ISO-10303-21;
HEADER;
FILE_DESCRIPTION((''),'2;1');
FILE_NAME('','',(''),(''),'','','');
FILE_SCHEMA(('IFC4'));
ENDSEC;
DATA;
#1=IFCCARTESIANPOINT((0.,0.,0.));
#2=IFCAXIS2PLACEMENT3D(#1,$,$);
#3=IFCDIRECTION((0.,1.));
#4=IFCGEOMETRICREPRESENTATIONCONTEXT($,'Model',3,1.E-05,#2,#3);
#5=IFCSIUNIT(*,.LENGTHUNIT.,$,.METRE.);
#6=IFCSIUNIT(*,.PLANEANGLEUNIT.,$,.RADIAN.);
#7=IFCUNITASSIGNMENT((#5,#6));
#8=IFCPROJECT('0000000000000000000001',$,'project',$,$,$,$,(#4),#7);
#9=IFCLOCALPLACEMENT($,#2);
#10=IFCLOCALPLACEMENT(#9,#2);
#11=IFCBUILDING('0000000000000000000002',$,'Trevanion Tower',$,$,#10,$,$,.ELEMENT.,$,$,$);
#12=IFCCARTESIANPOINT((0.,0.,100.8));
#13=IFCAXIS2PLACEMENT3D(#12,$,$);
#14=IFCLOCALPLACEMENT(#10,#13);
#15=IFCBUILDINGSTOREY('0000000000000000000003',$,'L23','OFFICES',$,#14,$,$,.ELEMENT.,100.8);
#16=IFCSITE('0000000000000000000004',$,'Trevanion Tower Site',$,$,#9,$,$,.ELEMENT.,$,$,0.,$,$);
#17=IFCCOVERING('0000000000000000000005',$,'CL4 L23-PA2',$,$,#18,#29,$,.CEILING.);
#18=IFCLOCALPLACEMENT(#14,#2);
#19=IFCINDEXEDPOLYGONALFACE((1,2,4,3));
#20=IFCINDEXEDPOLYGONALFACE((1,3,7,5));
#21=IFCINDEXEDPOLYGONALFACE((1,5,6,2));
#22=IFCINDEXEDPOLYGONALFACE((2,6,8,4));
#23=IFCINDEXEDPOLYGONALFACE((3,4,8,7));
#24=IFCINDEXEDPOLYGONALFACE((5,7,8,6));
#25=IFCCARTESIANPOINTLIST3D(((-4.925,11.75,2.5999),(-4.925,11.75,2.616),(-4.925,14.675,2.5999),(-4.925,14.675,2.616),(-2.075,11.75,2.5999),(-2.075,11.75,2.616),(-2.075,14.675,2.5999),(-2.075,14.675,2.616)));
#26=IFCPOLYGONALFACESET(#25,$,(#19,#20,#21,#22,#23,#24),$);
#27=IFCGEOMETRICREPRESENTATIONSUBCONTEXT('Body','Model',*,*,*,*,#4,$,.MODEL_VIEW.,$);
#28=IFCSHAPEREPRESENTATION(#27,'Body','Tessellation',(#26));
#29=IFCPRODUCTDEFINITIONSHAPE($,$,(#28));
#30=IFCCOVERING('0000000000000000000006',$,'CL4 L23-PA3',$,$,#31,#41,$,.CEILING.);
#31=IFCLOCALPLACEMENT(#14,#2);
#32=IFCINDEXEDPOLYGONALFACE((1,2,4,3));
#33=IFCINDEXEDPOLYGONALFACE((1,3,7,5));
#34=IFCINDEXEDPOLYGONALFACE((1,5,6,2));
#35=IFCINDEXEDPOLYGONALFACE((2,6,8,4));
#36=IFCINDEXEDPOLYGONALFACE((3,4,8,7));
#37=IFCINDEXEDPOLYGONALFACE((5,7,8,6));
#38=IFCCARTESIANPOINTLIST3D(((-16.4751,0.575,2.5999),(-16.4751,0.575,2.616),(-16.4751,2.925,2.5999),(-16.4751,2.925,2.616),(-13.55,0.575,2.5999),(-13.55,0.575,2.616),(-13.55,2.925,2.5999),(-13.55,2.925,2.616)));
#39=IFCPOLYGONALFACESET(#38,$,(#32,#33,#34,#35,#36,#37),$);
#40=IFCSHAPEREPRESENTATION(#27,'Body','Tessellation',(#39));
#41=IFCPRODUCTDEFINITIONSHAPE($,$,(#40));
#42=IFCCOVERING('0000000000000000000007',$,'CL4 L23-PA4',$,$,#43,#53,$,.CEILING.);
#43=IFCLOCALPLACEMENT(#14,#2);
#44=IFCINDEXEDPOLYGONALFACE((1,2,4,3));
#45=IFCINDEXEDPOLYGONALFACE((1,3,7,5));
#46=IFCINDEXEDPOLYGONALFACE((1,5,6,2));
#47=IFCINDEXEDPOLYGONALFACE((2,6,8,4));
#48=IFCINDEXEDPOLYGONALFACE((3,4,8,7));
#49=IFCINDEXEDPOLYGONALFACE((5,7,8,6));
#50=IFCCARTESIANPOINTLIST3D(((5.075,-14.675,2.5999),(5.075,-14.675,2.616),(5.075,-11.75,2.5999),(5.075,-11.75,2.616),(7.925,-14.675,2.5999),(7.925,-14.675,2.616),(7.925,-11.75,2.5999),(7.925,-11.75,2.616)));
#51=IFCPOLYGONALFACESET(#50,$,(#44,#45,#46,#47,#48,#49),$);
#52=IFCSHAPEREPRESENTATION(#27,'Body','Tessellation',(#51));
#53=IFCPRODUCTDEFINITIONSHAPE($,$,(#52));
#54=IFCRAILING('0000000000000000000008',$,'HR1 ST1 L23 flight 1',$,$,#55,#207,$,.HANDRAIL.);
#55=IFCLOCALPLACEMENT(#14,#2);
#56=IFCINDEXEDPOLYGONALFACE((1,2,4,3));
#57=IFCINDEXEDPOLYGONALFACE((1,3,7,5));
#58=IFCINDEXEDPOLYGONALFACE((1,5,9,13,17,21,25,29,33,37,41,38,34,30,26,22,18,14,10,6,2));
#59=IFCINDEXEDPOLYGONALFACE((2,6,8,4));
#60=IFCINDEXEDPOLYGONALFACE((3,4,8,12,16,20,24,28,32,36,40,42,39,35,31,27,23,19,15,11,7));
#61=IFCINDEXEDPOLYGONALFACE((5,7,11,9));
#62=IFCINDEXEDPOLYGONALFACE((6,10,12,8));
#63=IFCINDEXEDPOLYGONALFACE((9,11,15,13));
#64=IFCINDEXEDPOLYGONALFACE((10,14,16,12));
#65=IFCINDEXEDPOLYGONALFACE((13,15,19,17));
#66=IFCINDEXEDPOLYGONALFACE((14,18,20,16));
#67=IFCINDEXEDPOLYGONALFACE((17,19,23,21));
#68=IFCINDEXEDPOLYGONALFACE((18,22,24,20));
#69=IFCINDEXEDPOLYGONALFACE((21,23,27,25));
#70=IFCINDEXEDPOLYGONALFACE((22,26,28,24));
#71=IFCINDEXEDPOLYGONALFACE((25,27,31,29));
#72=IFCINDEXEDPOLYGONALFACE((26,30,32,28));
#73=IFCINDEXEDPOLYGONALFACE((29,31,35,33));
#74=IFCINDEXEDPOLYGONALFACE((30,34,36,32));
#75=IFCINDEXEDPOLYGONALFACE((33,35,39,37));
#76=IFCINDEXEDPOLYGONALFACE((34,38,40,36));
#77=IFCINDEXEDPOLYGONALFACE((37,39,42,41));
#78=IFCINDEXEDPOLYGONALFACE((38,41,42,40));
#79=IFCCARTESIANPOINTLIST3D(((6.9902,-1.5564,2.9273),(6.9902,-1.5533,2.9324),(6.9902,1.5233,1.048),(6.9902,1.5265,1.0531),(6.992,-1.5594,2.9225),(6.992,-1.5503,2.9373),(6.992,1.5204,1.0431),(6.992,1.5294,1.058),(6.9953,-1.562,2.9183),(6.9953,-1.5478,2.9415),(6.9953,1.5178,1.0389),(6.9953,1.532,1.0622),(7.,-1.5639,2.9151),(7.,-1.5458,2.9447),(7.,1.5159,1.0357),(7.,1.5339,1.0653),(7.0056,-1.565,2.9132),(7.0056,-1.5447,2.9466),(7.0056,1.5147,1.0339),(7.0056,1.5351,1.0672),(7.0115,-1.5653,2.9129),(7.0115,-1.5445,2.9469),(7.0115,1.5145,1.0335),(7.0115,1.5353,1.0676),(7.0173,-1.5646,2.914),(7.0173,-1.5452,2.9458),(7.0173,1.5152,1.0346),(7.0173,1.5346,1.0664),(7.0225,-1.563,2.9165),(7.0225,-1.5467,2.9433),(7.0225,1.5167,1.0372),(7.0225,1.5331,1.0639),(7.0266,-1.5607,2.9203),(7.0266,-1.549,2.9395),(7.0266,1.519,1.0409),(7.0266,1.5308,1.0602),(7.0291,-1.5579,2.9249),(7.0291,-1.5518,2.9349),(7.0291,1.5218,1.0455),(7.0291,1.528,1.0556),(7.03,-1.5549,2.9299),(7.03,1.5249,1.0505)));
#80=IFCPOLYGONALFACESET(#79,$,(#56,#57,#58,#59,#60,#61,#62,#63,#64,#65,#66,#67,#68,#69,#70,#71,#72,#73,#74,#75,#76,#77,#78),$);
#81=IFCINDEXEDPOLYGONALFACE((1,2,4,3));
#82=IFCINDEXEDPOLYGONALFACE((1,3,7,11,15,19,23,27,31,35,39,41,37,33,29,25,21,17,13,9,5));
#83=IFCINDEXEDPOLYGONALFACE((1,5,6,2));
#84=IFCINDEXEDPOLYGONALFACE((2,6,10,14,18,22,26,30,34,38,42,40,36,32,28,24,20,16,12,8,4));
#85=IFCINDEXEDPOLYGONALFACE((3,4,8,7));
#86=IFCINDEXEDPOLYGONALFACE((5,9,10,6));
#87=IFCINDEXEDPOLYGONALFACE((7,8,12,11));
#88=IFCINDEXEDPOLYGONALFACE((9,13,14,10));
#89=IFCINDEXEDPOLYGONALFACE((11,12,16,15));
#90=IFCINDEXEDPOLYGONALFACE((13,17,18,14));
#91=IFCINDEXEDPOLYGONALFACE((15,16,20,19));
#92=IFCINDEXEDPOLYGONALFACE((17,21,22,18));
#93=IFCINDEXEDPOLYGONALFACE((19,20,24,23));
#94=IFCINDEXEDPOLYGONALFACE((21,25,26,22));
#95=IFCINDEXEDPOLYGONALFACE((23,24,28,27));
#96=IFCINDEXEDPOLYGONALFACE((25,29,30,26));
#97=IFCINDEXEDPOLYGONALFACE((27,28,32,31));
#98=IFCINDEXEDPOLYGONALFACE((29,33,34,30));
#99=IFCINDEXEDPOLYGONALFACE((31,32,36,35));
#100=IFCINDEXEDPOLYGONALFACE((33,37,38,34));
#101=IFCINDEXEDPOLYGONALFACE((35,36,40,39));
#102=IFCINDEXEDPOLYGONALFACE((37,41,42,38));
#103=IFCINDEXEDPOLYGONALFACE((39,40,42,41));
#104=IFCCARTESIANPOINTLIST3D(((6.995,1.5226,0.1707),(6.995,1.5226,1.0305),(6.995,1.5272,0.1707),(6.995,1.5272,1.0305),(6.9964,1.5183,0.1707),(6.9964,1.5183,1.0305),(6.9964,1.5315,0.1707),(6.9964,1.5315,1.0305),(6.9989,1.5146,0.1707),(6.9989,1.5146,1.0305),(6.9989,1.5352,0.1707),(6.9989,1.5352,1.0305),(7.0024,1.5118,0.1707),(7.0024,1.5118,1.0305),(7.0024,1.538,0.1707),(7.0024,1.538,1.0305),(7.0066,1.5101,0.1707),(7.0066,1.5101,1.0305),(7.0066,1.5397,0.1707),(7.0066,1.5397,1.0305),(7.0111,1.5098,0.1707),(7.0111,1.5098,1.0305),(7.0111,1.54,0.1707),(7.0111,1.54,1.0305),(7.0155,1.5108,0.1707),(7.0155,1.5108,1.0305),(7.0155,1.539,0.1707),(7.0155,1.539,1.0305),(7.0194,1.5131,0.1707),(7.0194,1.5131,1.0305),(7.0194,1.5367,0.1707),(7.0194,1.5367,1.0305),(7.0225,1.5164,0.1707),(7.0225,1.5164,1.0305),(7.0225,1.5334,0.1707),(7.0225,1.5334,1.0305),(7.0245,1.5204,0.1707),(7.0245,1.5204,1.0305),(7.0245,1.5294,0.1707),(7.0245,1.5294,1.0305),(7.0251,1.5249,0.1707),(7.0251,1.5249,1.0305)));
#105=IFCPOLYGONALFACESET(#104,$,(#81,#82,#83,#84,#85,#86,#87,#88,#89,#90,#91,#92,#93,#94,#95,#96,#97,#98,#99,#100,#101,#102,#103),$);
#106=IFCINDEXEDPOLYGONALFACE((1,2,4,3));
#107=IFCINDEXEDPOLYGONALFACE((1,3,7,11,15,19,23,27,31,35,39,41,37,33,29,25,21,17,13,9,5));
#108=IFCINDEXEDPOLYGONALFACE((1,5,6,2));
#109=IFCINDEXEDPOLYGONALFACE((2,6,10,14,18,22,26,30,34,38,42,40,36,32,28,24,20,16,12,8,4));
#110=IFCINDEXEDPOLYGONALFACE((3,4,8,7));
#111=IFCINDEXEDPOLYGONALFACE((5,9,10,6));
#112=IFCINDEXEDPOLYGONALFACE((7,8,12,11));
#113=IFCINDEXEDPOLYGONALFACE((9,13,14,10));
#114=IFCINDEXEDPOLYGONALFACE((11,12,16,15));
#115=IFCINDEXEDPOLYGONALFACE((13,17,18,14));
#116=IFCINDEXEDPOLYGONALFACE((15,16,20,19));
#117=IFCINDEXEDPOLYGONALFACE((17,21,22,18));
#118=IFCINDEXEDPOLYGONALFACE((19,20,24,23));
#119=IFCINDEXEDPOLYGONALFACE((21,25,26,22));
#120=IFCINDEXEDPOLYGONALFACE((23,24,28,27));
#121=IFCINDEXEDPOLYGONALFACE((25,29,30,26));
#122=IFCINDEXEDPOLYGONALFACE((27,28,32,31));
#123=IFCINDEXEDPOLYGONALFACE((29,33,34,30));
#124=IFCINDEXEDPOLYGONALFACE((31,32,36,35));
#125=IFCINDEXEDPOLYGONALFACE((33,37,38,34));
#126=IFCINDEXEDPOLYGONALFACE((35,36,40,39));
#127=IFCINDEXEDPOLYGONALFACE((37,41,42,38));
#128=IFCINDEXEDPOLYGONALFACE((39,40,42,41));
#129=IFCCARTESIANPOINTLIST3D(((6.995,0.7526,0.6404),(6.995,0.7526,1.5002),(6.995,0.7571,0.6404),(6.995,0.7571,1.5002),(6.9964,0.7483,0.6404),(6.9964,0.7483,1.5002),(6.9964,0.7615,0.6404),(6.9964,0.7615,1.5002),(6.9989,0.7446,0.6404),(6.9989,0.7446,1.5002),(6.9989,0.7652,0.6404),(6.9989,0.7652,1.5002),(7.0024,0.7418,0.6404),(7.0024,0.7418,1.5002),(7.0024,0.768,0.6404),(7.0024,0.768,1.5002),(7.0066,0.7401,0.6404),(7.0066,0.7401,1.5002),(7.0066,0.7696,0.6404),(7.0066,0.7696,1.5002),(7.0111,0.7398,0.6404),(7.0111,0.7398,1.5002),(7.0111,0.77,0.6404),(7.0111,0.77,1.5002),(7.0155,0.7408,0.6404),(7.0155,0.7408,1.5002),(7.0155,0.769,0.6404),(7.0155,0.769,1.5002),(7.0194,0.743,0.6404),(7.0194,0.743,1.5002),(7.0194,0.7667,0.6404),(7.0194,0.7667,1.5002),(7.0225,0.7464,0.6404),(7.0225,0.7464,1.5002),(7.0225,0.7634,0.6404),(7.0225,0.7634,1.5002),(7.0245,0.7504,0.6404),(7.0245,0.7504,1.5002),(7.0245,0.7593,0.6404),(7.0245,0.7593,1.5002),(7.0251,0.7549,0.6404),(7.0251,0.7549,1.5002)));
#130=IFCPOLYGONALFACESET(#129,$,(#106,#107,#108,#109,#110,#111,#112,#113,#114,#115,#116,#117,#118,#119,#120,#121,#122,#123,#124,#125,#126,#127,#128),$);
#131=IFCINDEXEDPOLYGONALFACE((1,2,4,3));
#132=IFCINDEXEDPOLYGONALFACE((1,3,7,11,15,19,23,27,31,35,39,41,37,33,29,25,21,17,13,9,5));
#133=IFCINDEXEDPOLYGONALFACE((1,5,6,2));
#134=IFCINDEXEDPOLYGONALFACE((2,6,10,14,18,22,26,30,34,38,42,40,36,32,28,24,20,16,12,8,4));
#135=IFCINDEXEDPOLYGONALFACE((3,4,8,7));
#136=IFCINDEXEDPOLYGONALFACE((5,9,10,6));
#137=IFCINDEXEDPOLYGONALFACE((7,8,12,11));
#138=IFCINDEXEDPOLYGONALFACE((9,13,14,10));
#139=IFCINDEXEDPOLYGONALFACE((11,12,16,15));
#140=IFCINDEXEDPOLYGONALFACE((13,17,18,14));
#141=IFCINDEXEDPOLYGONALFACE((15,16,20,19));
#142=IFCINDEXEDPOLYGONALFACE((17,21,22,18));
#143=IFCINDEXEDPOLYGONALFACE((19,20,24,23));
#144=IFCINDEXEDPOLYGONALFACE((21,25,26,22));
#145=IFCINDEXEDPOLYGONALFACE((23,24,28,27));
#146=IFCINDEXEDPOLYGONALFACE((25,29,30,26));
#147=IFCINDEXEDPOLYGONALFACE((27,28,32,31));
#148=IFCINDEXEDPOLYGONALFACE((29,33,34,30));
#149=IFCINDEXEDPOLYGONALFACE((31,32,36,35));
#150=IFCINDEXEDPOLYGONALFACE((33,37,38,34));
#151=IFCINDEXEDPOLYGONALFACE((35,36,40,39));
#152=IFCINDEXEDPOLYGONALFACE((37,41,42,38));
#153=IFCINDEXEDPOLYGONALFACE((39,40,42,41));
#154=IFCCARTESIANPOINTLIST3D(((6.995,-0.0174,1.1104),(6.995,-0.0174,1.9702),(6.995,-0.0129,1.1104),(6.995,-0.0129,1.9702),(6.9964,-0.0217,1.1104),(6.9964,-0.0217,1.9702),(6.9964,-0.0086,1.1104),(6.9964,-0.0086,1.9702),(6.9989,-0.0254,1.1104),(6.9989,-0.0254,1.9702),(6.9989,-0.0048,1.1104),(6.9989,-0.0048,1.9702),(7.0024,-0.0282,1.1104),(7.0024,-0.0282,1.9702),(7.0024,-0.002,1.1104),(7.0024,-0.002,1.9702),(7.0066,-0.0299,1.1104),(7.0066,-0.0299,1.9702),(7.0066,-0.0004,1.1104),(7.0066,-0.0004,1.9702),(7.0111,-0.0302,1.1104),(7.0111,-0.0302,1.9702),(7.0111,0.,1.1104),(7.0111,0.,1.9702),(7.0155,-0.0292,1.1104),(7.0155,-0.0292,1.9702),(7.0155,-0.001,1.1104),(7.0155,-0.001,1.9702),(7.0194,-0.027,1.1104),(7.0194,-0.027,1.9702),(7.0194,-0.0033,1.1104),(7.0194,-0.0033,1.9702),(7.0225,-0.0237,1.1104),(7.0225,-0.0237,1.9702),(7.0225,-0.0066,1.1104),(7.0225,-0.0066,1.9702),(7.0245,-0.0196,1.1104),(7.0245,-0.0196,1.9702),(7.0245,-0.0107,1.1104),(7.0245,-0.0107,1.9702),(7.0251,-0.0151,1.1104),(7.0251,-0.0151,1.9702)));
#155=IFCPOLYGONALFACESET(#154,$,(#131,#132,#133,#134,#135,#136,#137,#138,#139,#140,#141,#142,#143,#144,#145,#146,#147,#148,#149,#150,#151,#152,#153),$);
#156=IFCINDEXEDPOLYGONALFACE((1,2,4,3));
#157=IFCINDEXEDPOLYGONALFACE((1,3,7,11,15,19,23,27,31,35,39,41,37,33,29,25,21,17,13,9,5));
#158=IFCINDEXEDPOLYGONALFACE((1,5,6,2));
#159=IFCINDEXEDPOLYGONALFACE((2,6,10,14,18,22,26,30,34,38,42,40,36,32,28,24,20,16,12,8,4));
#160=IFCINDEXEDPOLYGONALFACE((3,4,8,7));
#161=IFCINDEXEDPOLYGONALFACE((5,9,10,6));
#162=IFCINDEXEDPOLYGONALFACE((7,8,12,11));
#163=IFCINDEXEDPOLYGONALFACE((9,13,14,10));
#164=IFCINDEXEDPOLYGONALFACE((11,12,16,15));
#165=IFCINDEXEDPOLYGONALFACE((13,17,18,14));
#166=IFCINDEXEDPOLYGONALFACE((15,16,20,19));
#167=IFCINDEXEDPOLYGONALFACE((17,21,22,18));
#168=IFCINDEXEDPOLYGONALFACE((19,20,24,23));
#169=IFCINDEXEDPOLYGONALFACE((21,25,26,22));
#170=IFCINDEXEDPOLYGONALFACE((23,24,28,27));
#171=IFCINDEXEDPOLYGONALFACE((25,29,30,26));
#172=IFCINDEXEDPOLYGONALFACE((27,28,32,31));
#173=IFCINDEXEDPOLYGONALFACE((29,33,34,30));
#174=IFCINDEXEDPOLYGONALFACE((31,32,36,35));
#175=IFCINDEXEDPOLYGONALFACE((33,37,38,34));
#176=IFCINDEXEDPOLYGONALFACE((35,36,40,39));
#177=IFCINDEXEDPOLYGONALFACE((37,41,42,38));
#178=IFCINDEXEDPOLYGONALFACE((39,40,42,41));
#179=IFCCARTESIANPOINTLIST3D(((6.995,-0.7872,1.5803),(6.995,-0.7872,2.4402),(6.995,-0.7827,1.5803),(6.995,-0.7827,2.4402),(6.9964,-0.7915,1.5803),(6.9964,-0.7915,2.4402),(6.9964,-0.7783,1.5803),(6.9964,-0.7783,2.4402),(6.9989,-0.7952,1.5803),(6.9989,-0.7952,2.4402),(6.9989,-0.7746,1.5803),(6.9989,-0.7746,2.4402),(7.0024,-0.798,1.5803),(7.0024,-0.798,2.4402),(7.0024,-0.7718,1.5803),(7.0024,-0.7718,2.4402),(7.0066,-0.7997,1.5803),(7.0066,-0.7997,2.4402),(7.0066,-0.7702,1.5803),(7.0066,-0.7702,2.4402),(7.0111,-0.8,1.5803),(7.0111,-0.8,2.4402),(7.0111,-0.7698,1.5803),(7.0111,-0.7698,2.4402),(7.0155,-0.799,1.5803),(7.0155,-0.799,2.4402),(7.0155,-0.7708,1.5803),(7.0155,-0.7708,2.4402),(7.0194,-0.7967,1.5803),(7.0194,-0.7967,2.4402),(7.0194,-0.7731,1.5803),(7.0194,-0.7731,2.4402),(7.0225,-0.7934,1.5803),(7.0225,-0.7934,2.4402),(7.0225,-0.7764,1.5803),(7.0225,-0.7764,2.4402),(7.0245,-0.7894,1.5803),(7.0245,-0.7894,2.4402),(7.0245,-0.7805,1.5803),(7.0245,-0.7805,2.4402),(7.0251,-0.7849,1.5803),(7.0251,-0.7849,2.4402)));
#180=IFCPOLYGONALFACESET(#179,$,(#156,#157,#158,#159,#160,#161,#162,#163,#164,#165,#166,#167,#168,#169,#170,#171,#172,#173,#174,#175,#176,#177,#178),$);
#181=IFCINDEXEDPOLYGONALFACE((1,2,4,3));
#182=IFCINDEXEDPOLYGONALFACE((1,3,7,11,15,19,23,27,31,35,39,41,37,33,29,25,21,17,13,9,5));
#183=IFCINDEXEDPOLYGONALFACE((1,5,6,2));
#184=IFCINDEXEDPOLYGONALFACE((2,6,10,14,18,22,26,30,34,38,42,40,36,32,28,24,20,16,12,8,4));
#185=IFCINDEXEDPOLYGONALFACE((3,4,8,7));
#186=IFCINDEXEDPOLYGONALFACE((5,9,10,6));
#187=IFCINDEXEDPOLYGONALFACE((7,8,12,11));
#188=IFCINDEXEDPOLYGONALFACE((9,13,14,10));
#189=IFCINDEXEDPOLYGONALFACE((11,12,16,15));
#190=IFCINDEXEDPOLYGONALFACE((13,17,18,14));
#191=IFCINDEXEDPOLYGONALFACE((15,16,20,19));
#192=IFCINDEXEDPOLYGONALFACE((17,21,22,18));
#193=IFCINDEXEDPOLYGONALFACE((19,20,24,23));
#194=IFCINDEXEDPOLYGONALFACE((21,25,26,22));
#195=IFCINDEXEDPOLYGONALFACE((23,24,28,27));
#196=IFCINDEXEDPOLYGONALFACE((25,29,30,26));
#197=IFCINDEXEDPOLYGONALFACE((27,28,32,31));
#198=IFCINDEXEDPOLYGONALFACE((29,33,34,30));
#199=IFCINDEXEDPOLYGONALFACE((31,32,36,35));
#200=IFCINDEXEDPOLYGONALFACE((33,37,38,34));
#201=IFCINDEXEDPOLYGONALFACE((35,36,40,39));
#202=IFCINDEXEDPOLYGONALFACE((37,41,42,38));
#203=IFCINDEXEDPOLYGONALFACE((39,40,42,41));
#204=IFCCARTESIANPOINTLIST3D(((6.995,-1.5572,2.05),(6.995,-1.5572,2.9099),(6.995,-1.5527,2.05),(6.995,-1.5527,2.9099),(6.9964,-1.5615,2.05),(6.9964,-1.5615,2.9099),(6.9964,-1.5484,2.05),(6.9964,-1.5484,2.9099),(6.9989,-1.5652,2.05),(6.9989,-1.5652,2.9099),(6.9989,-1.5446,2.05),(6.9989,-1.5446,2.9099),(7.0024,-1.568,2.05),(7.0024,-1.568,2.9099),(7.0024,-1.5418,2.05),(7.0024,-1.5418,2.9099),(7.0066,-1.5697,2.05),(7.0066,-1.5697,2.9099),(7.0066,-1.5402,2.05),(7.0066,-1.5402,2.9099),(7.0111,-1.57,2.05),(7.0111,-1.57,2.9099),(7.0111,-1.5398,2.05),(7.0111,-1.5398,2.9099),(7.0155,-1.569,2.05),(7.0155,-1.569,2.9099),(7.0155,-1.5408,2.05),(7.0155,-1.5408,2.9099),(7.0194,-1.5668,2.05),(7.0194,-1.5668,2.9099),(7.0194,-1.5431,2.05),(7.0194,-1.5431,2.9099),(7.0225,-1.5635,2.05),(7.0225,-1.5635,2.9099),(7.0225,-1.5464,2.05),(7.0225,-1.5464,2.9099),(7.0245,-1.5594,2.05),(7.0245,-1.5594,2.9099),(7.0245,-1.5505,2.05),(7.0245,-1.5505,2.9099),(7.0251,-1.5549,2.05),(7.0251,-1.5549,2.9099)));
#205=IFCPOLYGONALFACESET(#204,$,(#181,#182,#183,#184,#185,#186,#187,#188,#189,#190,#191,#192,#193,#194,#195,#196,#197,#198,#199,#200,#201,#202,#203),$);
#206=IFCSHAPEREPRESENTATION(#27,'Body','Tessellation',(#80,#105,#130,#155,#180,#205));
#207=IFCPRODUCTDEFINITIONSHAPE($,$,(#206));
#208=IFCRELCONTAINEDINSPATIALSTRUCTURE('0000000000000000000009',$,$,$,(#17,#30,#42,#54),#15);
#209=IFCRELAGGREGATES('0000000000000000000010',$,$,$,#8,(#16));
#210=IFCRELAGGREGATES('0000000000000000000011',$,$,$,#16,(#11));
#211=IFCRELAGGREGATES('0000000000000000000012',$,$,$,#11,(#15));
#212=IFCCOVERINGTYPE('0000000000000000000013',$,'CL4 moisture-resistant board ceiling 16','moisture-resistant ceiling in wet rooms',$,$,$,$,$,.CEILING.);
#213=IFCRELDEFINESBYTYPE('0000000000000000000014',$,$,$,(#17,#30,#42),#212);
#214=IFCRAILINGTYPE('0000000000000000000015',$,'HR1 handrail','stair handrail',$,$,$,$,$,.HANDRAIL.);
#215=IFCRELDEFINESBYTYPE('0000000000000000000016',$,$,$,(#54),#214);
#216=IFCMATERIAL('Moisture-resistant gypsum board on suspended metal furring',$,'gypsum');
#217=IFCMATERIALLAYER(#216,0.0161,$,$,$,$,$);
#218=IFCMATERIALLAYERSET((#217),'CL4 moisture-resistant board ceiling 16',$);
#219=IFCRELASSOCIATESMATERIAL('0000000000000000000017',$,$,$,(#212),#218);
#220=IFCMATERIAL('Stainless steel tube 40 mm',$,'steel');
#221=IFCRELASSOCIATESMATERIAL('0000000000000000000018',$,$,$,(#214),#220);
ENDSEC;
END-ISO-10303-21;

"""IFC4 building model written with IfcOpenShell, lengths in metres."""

from ifc_helpers import new_model, si_unit, direction, frame, origin, origin_2d, place, context, subcontext, project, spatial, polyline, circle, outline, extrude, material, layer, layer_set, type_object, element, save


model = new_model("IFC4")

# Units and contexts
model_context = context("Model", 3, precision=1e-05, world=origin(), true_north=direction((0.0, 1.0)))
body_context = subcontext(model_context, "Body", "Model", "MODEL_VIEW")
ifc_project = project(units=[si_unit("LENGTHUNIT", "METRE"), si_unit("PLANEANGLEUNIT", "RADIAN")], contexts=[model_context])

# Site, building, storey
site_placement = place(None, origin())
site = spatial("IfcSite", under=ifc_project, at=site_placement, Name="Trevanion Tower Site", CompositionType="ELEMENT", RefElevation=0.0)
building_placement = place(site_placement, origin())
building = spatial("IfcBuilding", under=site, at=building_placement, Name="Trevanion Tower", CompositionType="ELEMENT")
storey_placement = place(building_placement, frame((0.0, 0.0, 100.8)))
storey = spatial("IfcBuildingStorey", under=building, at=storey_placement, Name="L23", Description="OFFICES", CompositionType="ELEMENT", Elevation=100.8)

# Coverings
ifc_material_1 = material(Name="Moisture-resistant gypsum board on suspended metal furring", Category="gypsum")
ifc_layer_1 = layer(ifc_material_1, 0.0161)
ifc_layer_set_1 = layer_set([ifc_layer_1], Name="CL4 moisture-resistant board ceiling 16")
covering_type_1 = type_object("IfcCoveringType", Name="CL4 moisture-resistant board ceiling 16", Description="moisture-resistant ceiling in wet rooms", PredefinedType="CEILING", material=ifc_layer_set_1)
covering_1_placement = place(storey_placement, frame((0.0, 0.0, 2.5999)))
element("IfcCovering", 1, at=covering_1_placement, inside=storey, type_object=covering_type_1, Name="CL4 L23-PA2", PredefinedType="CEILING", context=body_context, shape_type="SweptSolid", body=[
    extrude(outline(polyline([(-4.925, 14.675), (-2.075, 14.675), (-2.075, 11.75), (-4.925, 11.75), (-4.925, 14.675)])), origin(), (0.0, 0.0, 1.0), 0.0161),
])
covering_2_placement = place(storey_placement, frame((0.0, 0.0, 2.5999)))
element("IfcCovering", 2, at=covering_2_placement, inside=storey, type_object=covering_type_1, Name="CL4 L23-PA3", PredefinedType="CEILING", context=body_context, shape_type="SweptSolid", body=[
    extrude(outline(polyline([(-13.55, 2.925), (-13.55, 0.575), (-16.4751, 0.575), (-16.4751, 2.925), (-13.55, 2.925)])), origin(), (0.0, 0.0, 1.0), 0.0161),
])
covering_3_placement = place(storey_placement, frame((0.0, 0.0, 2.5999)))
element("IfcCovering", 3, at=covering_3_placement, inside=storey, type_object=covering_type_1, Name="CL4 L23-PA4", PredefinedType="CEILING", context=body_context, shape_type="SweptSolid", body=[
    extrude(outline(polyline([(7.925, -14.675), (5.075, -14.675), (5.075, -11.75), (7.925, -11.75), (7.925, -14.675)])), origin(), (0.0, 0.0, 1.0), 0.0161),
])

# Railing
ifc_material_2 = material(Name="Stainless steel tube 40 mm", Category="steel")
railing_type = type_object("IfcRailingType", Name="HR1 handrail", Description="stair handrail", PredefinedType="HANDRAIL", material=ifc_material_2)
for number, where, name in (
    (4, (7.01, 1.5249, 0.1707), "HR1 ST1 L23 flight 1"),
):
    element("IfcRailing", number, at=place(storey_placement, frame(where)), inside=storey, type_object=railing_type, Name=name, PredefinedType="HANDRAIL", context=body_context, shape_type="SweptSolid", body=[
        extrude(circle(Radius=0.02, at=origin_2d()), frame((0.0, 0.0, 0.8799), z_axis=(0.0, -0.853618, 0.5209), x_axis=(1.0, 0.0, 0.0)), (0.0, 0.0, 1.0), 3.6079),
        extrude(circle(Radius=0.0151, at=origin_2d()), origin(), (0.0, 0.0, 1.0), 0.8599),
        extrude(circle(Radius=0.0151, at=origin_2d()), frame((0.0, -0.77, 0.4697)), (0.0, 0.0, 1.0), 0.8599),
        extrude(circle(Radius=0.0151, at=origin_2d()), frame((0.0, -1.54, 0.9397)), (0.0, 0.0, 1.0), 0.8599),
        extrude(circle(Radius=0.0151, at=origin_2d()), frame((0.0, -2.3098, 1.4097)), (0.0, 0.0, 1.0), 0.8599),
        extrude(circle(Radius=0.0151, at=origin_2d()), frame((0.0, -3.0798, 1.8794)), (0.0, 0.0, 1.0), 0.8599),
    ])

save(model, "model.ifc")
